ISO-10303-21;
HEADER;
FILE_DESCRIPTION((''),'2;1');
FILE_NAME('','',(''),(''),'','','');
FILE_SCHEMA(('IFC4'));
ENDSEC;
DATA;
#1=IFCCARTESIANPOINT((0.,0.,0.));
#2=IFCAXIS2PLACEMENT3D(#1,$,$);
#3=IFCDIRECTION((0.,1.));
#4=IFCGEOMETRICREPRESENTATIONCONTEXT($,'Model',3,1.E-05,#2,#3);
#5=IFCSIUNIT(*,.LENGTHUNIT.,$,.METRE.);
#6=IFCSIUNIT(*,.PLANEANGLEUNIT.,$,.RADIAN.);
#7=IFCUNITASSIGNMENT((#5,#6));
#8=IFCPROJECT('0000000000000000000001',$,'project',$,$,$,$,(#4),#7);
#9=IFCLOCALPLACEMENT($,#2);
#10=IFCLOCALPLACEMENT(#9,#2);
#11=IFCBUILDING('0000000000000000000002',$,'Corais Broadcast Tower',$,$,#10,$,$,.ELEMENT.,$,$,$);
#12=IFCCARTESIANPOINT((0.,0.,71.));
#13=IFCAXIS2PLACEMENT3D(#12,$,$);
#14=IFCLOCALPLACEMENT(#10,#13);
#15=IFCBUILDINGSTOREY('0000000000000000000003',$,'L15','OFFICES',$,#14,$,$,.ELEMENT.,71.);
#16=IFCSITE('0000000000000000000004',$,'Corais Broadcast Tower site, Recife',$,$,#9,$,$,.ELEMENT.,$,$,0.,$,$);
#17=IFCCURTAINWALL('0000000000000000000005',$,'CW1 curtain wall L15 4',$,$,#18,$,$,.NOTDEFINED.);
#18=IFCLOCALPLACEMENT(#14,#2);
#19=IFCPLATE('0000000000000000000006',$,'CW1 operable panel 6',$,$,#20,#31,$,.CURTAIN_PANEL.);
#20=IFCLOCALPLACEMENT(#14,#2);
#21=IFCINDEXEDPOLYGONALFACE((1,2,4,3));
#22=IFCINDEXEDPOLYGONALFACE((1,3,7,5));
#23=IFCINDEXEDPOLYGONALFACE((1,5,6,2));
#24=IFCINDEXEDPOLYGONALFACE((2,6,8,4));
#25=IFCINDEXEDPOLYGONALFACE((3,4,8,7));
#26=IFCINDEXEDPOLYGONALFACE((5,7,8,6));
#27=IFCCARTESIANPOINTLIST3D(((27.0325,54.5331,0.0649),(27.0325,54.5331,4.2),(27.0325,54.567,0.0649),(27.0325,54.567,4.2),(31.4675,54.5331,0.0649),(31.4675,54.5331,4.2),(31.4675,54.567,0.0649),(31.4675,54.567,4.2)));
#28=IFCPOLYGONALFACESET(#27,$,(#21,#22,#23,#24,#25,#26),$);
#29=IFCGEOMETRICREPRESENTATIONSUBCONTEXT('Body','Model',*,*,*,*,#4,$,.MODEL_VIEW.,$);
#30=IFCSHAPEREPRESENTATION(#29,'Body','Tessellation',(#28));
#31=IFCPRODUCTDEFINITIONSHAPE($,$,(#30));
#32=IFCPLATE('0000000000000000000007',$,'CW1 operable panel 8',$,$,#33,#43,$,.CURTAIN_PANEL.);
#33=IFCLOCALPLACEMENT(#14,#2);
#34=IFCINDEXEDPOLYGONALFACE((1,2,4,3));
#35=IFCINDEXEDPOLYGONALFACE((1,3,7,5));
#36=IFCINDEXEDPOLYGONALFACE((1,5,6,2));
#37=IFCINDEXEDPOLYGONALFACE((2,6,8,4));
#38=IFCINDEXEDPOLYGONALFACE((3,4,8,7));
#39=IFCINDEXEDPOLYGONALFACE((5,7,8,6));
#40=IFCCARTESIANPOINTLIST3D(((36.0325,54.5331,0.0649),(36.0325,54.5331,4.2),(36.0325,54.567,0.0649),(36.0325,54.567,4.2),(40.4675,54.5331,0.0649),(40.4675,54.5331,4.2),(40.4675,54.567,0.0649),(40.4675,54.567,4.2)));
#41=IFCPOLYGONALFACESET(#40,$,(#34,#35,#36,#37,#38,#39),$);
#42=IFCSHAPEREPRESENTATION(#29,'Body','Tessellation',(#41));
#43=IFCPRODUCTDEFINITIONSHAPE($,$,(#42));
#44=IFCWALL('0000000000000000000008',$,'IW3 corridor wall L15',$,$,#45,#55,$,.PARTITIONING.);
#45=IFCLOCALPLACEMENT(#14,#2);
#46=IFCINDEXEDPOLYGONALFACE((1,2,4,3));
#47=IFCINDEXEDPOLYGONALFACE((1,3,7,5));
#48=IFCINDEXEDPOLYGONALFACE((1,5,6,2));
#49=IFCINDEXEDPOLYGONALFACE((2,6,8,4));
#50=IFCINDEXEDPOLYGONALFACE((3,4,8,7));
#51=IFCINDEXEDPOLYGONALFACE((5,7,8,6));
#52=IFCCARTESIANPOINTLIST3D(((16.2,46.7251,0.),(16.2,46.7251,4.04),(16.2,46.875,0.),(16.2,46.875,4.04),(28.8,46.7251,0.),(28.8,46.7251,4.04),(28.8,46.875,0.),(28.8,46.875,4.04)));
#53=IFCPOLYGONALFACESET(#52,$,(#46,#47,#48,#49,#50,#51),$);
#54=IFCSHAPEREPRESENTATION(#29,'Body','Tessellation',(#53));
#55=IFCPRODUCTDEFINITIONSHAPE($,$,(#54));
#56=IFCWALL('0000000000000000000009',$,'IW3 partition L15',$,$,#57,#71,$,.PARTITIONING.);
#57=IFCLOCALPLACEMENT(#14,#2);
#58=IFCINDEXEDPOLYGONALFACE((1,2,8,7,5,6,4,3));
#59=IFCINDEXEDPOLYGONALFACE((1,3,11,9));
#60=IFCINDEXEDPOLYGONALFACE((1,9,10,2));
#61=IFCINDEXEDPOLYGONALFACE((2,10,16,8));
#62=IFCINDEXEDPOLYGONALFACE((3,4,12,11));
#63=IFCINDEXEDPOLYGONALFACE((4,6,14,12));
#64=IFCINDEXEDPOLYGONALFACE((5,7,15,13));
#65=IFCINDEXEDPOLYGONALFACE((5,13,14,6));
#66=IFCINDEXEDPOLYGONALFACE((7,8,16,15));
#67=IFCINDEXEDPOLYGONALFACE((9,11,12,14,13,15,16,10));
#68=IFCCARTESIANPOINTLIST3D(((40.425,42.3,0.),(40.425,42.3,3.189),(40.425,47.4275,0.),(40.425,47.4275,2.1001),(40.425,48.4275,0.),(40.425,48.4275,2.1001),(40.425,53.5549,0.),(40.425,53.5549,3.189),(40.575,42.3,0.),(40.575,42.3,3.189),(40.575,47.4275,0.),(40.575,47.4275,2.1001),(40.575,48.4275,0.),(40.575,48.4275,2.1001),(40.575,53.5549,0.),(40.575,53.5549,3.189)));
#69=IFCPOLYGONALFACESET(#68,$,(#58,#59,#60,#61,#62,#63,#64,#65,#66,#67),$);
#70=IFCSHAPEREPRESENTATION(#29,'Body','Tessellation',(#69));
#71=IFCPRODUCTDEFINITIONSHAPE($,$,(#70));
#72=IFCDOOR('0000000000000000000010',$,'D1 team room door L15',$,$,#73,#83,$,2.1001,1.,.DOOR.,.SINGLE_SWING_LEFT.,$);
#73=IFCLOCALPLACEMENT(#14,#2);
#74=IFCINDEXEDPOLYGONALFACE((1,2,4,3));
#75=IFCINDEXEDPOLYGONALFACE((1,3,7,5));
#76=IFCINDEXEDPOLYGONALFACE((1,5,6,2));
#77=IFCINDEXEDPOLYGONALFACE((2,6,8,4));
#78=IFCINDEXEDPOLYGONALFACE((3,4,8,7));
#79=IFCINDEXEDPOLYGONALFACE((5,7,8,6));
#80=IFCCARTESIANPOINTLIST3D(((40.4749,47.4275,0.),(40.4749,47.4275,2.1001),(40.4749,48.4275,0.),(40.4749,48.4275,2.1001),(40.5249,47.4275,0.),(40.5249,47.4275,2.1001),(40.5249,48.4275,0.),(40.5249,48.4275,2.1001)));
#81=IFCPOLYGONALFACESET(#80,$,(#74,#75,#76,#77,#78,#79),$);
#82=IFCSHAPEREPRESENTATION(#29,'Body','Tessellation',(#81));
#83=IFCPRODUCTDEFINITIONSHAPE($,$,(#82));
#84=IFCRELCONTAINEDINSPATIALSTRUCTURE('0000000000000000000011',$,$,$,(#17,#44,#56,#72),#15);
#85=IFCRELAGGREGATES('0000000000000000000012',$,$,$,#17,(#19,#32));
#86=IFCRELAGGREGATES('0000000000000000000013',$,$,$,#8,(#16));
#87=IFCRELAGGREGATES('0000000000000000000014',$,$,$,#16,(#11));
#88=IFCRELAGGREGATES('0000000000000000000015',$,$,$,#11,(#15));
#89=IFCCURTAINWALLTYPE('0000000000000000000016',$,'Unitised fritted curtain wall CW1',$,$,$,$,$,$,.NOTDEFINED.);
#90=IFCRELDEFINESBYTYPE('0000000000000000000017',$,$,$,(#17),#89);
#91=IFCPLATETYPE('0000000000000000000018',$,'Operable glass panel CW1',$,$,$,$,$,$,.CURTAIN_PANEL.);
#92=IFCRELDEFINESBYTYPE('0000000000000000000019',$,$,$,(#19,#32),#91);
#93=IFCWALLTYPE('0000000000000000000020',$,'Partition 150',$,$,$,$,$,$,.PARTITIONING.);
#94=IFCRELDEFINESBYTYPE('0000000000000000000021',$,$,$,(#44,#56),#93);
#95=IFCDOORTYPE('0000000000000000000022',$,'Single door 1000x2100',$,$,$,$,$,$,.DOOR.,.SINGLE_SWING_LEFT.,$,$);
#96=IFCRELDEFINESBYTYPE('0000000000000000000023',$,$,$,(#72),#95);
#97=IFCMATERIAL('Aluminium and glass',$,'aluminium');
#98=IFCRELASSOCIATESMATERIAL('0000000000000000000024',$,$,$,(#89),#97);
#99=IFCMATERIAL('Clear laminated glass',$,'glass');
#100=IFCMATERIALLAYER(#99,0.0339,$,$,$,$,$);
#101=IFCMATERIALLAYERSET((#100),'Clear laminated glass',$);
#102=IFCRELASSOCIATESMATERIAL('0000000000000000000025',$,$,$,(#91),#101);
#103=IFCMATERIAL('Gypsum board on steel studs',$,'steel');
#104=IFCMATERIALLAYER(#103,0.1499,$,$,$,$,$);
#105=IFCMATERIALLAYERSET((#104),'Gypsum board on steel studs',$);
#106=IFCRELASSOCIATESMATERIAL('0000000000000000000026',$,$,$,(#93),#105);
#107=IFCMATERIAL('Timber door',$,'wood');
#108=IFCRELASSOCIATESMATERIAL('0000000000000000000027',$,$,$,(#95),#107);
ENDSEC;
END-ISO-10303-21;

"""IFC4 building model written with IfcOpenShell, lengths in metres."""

from ifc_helpers import new_model, si_unit, direction, frame, frame_2d, origin, origin_2d, place, context, subcontext, project, spatial, rectangle, extrude, material, layer, layer_set, type_object, element, fill, aggregate, save


model = new_model("IFC4")

# Units and contexts
model_context = context("Model", 3, precision=1e-05, world=origin(), true_north=direction((0.0, 1.0)))
body_context = subcontext(model_context, "Body", "Model", "MODEL_VIEW")
ifc_project = project(units=[si_unit("LENGTHUNIT", "METRE"), si_unit("PLANEANGLEUNIT", "RADIAN")], contexts=[model_context])

# Site, building, storey
site_placement = place(None, origin())
site = spatial("IfcSite", under=ifc_project, at=site_placement, Name="Corais Broadcast Tower site, Recife", CompositionType="ELEMENT", RefElevation=0.0)
building_placement = place(site_placement, origin())
building = spatial("IfcBuilding", under=site, at=building_placement, Name="Corais Broadcast Tower", CompositionType="ELEMENT")
storey_placement = place(building_placement, frame((0.0, 0.0, 71.0)))
storey = spatial("IfcBuildingStorey", under=building, at=storey_placement, Name="L15", Description="OFFICES", CompositionType="ELEMENT", Elevation=71.0)

# Curtain wall
ifc_material_1 = material(Name="Aluminium and glass", Category="aluminium")
curtain_wall_type = type_object("IfcCurtainWallType", Name="Unitised fritted curtain wall CW1", PredefinedType="NOTDEFINED", material=ifc_material_1)
curtain_wall_placement = place(storey_placement, origin())
curtain_wall = element("IfcCurtainWall", 1, at=curtain_wall_placement, inside=storey, type_object=curtain_wall_type, Name="CW1 curtain wall L15 4", PredefinedType="NOTDEFINED")

# Plates
ifc_material_2 = material(Name="Clear laminated glass", Category="glass")
ifc_layer_1 = layer(ifc_material_2, 0.0339)
ifc_layer_set_1 = layer_set([ifc_layer_1], Name="Clear laminated glass")
plate_type_1 = type_object("IfcPlateType", Name="Operable glass panel CW1", PredefinedType="CURTAIN_PANEL", material=ifc_layer_set_1)
plate_1_placement = place(storey_placement, frame((29.25, 54.55, 0.0649), z_axis=(0.0, 0.0, 1.0), x_axis=(1.0, 0.0, 0.0)))
plate_1 = element("IfcPlate", 2, at=plate_1_placement, type_object=plate_type_1, Name="CW1 operable panel 6", PredefinedType="CURTAIN_PANEL", context=body_context, shape_type="SweptSolid", body=[
    extrude(rectangle(XDim=4.4351, YDim=0.0339, at=origin_2d()), origin(), (0.0, 0.0, 1.0), 4.135),
])
plate_2_placement = place(storey_placement, frame((38.25, 54.55, 0.0649), z_axis=(0.0, 0.0, 1.0), x_axis=(1.0, 0.0, 0.0)))
plate_2 = element("IfcPlate", 3, at=plate_2_placement, type_object=plate_type_1, Name="CW1 operable panel 8", PredefinedType="CURTAIN_PANEL", context=body_context, shape_type="SweptSolid", body=[
    extrude(rectangle(XDim=4.4351, YDim=0.0339, at=origin_2d()), origin(), (0.0, 0.0, 1.0), 4.135),
])
aggregate(curtain_wall, [plate_1, plate_2])

# Wall
ifc_material_3 = material(Name="Gypsum board on steel studs", Category="steel")
ifc_layer_2 = layer(ifc_material_3, 0.1499)
ifc_layer_set_2 = layer_set([ifc_layer_2], Name="Gypsum board on steel studs")
wall_type = type_object("IfcWallType", Name="Partition 150", PredefinedType="PARTITIONING", material=ifc_layer_set_2)
wall_1_placement = place(storey_placement, frame((28.8, 46.8, 0.0), z_axis=(0.0, 0.0, 1.0), x_axis=(-1.0, 0.0, 0.0)))
element("IfcWall", 4, at=wall_1_placement, inside=storey, type_object=wall_type, Name="IW3 corridor wall L15", PredefinedType="PARTITIONING", context=body_context, shape_type="SweptSolid", body=[
    extrude(rectangle(XDim=12.6001, YDim=0.1499, at=frame_2d((6.3, 0.0))), origin(), (0.0, 0.0, 1.0), 4.04),
])

# Wall, opening, door
wall_2_placement = place(storey_placement, frame((40.5, 53.5549, 0.0), z_axis=(0.0, 0.0, 1.0), x_axis=(0.0, -1.0, 0.0)))
wall_2 = element("IfcWall", 5, at=wall_2_placement, inside=storey, type_object=wall_type, Name="IW3 partition L15", PredefinedType="PARTITIONING", context=body_context, shape_type="SweptSolid", body=[
    extrude(rectangle(XDim=11.2549, YDim=0.1499, at=frame_2d((5.6274, 0.0))), origin(), (0.0, 0.0, 1.0), 3.189),
])
opening_placement = place(wall_2_placement, frame((5.1274, 0.0, 0.0)))
opening = element("IfcOpeningElement", 6, at=opening_placement, cuts=wall_2, PredefinedType="OPENING", context=body_context, shape_type="SweptSolid", body=[
    extrude(rectangle(XDim=1.0, YDim=2.1001, at=frame_2d((0.5, 1.05))), frame((0.0, 0.085, 0.0), z_axis=(0.0, -1.0, 0.0), x_axis=(1.0, 0.0, 0.0)), (0.0, 0.0, 1.0), 0.1699),
])
ifc_material_4 = material(Name="Timber door", Category="wood")
door_type = type_object("IfcDoorType", Name="Single door 1000x2100", OperationType="SINGLE_SWING_LEFT", PredefinedType="DOOR", material=ifc_material_4)
door_placement = place(opening_placement, origin())
door = element("IfcDoor", 7, at=door_placement, inside=storey, type_object=door_type, Name="D1 team room door L15", OperationType="SINGLE_SWING_LEFT", OverallHeight=2.1001, OverallWidth=1.0, PredefinedType="DOOR", context=body_context, shape_type="SweptSolid", body=[
    extrude(rectangle(XDim=1.0, YDim=2.1001, at=frame_2d((0.5, 1.05))), frame((0.0, 0.0249, 0.0), z_axis=(0.0, -1.0, 0.0), x_axis=(1.0, 0.0, 0.0)), (0.0, 0.0, 1.0), 0.05),
])
fill(opening, door)

save(model, "model.ifc")
